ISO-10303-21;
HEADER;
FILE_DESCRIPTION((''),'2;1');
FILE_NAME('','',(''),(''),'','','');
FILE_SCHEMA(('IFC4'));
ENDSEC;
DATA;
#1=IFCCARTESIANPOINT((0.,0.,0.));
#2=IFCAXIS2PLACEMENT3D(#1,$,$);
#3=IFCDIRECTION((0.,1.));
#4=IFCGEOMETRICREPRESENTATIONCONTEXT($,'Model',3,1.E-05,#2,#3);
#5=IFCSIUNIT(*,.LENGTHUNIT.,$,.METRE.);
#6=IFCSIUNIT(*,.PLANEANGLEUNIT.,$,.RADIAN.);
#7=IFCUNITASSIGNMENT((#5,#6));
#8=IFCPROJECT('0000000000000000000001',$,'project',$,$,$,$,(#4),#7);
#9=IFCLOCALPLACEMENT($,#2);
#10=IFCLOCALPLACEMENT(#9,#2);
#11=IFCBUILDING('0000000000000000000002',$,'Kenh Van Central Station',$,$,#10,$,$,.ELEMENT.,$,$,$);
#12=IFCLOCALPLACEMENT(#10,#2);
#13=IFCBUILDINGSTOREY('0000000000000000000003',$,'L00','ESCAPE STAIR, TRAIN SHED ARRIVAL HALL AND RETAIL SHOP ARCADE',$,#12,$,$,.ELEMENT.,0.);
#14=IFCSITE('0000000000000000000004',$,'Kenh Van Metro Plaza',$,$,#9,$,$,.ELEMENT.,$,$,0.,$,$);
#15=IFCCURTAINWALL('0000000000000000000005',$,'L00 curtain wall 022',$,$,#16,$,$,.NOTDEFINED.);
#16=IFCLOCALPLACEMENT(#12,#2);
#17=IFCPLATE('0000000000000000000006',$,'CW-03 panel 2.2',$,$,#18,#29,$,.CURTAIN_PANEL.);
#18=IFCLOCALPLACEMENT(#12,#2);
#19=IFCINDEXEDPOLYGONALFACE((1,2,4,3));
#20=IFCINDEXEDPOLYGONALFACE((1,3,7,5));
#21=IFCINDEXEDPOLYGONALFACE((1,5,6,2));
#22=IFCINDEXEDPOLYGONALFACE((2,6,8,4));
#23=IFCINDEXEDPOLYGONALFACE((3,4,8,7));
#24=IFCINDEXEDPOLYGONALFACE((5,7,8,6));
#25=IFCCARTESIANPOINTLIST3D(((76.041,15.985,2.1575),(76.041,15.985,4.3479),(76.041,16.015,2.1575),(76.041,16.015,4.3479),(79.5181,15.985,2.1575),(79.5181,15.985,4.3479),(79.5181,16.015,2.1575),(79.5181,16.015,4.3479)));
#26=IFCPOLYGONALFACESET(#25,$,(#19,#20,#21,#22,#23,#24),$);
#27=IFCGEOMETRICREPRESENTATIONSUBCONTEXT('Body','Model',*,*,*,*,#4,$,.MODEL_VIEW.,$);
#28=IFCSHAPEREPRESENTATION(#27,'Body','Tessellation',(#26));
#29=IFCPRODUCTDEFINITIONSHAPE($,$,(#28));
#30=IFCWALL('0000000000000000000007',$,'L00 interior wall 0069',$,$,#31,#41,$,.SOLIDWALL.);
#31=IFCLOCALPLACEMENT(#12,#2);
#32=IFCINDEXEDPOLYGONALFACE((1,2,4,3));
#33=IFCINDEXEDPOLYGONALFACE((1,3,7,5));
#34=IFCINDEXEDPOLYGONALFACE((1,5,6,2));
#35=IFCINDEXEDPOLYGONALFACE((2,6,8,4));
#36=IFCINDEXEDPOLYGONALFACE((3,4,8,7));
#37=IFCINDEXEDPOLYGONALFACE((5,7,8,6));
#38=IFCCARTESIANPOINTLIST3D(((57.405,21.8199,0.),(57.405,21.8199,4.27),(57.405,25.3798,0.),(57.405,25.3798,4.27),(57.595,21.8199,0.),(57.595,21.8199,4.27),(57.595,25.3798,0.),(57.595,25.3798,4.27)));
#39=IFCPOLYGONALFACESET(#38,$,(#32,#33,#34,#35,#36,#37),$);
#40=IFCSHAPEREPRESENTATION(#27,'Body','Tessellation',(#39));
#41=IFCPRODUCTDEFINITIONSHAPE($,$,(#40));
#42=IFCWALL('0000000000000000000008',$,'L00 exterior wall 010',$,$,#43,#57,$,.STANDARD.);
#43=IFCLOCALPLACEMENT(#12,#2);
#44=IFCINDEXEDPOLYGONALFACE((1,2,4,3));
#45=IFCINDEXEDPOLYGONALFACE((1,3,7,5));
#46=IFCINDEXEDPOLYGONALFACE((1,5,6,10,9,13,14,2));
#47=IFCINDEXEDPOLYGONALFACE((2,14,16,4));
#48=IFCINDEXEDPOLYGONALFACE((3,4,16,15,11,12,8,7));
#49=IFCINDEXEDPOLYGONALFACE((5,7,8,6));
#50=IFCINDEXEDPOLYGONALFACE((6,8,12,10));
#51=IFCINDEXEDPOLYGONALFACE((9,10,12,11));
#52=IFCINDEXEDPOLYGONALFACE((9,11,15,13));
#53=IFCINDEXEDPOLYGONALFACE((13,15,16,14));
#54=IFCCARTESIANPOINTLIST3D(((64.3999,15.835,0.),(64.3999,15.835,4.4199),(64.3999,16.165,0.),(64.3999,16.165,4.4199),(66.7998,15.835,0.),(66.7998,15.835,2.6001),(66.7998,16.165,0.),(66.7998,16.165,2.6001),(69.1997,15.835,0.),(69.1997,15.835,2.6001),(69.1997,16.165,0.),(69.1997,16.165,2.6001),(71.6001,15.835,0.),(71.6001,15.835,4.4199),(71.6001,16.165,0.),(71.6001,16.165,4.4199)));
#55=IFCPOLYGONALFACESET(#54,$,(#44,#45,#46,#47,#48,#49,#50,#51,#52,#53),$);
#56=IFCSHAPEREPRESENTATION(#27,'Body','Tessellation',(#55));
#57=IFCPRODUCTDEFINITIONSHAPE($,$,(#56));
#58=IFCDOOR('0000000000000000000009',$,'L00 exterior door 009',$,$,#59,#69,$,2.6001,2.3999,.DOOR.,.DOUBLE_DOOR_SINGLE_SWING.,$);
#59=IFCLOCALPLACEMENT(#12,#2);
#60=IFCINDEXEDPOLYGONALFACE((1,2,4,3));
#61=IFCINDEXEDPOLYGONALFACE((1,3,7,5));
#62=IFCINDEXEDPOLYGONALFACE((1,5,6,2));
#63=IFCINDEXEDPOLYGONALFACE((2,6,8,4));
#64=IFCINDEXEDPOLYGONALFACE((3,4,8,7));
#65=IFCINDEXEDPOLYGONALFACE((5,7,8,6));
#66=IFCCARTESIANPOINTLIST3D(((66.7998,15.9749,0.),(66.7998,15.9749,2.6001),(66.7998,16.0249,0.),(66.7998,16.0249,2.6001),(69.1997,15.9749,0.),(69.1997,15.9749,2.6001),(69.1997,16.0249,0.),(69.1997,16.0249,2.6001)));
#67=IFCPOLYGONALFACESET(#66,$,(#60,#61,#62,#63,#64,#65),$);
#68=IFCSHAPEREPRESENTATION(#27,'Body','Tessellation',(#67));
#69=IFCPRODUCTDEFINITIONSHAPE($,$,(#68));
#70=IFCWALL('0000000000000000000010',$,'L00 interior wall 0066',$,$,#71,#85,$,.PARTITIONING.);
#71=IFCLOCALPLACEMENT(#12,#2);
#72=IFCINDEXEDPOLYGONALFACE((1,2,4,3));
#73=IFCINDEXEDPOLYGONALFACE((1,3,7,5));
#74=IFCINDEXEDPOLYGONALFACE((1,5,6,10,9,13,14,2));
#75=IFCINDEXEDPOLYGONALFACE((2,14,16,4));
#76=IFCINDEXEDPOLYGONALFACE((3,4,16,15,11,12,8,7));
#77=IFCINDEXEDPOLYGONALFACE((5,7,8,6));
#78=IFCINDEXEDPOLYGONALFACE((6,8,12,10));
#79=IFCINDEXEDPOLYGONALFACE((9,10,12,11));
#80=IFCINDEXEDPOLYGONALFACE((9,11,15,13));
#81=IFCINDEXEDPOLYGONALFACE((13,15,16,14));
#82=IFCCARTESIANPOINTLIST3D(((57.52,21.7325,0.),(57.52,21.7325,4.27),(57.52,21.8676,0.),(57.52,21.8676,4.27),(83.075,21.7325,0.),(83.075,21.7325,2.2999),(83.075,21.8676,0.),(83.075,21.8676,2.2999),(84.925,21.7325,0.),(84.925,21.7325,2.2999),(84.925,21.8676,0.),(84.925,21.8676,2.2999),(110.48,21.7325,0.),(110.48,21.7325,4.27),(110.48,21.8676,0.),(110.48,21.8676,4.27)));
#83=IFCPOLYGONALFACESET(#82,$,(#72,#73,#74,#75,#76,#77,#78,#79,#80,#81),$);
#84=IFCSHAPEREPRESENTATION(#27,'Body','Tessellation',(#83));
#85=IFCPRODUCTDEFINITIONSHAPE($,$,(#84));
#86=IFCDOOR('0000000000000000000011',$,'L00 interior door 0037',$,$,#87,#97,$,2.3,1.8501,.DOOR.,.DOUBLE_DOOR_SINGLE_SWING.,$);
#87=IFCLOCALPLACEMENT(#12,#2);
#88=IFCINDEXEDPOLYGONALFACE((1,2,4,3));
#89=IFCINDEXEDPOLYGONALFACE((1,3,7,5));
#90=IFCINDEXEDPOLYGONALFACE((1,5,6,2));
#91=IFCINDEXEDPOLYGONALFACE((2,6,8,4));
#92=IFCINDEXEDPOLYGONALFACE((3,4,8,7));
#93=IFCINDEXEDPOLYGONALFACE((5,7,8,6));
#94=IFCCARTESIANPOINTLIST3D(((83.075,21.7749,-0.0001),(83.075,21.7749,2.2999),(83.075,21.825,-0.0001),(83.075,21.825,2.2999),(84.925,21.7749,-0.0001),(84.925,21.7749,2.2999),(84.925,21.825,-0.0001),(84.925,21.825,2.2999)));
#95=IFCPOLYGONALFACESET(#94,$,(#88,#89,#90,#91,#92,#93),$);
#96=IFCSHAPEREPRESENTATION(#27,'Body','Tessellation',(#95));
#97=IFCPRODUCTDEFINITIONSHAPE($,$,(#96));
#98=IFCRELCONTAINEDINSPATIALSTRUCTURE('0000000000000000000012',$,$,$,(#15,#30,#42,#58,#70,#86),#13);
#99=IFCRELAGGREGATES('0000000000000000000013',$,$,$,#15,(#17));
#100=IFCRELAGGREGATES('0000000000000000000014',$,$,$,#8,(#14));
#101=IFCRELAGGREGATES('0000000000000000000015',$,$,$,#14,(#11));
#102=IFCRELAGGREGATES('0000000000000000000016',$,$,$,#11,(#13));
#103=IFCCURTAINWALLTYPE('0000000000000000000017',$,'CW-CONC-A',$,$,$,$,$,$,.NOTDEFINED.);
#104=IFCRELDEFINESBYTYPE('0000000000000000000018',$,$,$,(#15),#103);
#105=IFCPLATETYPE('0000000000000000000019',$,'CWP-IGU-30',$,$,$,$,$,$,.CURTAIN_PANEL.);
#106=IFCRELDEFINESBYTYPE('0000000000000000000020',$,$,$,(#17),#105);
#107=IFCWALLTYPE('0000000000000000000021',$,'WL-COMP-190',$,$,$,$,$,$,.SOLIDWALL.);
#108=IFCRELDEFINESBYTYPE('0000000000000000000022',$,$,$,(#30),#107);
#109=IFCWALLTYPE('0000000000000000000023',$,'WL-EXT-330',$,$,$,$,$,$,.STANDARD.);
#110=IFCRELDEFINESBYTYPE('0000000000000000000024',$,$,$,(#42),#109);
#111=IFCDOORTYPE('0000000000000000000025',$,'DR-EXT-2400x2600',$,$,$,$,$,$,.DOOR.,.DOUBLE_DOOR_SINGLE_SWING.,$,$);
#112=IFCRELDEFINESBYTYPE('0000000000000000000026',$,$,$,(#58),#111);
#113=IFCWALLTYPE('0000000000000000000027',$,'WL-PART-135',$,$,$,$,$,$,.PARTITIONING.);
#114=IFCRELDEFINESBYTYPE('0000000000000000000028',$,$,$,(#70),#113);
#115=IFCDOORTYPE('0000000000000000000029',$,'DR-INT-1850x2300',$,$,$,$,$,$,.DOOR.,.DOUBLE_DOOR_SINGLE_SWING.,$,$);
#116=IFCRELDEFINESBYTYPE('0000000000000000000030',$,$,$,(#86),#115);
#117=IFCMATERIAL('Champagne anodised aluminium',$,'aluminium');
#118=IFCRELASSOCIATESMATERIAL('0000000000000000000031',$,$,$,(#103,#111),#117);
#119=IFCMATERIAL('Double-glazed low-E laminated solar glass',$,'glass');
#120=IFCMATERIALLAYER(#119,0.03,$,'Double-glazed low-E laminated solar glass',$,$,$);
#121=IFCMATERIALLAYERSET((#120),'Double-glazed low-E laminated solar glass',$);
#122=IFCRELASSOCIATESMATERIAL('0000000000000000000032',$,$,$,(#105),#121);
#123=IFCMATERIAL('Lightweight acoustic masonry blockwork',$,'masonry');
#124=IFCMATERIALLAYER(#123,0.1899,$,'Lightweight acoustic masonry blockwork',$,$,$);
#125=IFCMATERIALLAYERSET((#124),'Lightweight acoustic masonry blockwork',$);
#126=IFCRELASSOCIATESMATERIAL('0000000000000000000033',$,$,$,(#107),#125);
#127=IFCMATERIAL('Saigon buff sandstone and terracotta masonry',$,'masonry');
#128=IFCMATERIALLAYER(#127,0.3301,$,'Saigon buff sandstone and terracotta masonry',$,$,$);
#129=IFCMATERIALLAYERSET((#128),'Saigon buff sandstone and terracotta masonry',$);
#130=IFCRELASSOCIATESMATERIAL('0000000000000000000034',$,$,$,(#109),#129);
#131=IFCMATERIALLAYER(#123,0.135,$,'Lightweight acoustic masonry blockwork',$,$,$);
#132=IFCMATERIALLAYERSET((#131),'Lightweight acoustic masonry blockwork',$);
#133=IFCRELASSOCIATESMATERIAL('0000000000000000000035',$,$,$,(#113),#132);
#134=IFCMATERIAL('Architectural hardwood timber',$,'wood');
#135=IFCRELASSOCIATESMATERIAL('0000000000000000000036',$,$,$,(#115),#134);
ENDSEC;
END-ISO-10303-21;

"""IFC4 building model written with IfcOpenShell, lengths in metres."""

from ifc_helpers import new_model, si_unit, direction, frame, frame_2d, origin, origin_2d, place, context, subcontext, project, spatial, rectangle, extrude, material, layer, layer_set, type_object, element, fill, aggregate, save


model = new_model("IFC4")

# Units and contexts
model_context = context("Model", 3, precision=1e-05, world=origin(), true_north=direction((0.0, 1.0)))
body_context = subcontext(model_context, "Body", "Model", "MODEL_VIEW")
ifc_project = project(units=[si_unit("LENGTHUNIT", "METRE"), si_unit("PLANEANGLEUNIT", "RADIAN")], contexts=[model_context])

# Site, building, storey
site_placement = place(None, origin())
site = spatial("IfcSite", under=ifc_project, at=site_placement, Name="Kenh Van Metro Plaza", CompositionType="ELEMENT", RefElevation=0.0)
building_placement = place(site_placement, origin())
building = spatial("IfcBuilding", under=site, at=building_placement, Name="Kenh Van Central Station", CompositionType="ELEMENT")
storey_placement = place(building_placement, origin())
storey = spatial("IfcBuildingStorey", under=building, at=storey_placement, Name="L00", Description="ESCAPE STAIR, TRAIN SHED ARRIVAL HALL AND RETAIL SHOP ARCADE", CompositionType="ELEMENT", Elevation=0.0)

# Curtain wall
ifc_material_1 = material(Name="Champagne anodised aluminium", Category="aluminium")
curtain_wall_type = type_object("IfcCurtainWallType", Name="CW-CONC-A", PredefinedType="NOTDEFINED", material=ifc_material_1)
curtain_wall_placement = place(storey_placement, origin())
curtain_wall = element("IfcCurtainWall", 1, at=curtain_wall_placement, inside=storey, type_object=curtain_wall_type, Name="L00 curtain wall 022", PredefinedType="NOTDEFINED")

# Plate
ifc_material_2 = material(Name="Double-glazed low-E laminated solar glass", Category="glass")
ifc_layer_1 = layer(ifc_material_2, 0.03, Name="Double-glazed low-E laminated solar glass")
ifc_layer_set_1 = layer_set([ifc_layer_1], Name="Double-glazed low-E laminated solar glass")
plate_type = type_object("IfcPlateType", Name="CWP-IGU-30", PredefinedType="CURTAIN_PANEL", material=ifc_layer_set_1)
plate_1_placement = place(storey_placement, frame((77.7795, 16.0, 2.1575), z_axis=(0.0, 0.0, 1.0), x_axis=(1.0, 0.0, 0.0)))
plate_1 = element("IfcPlate", 2, at=plate_1_placement, type_object=plate_type, Name="CW-03 panel 2.2", PredefinedType="CURTAIN_PANEL", context=body_context, shape_type="SweptSolid", body=[
    extrude(rectangle(XDim=3.4771, YDim=0.03, at=origin_2d()), origin(), (0.0, 0.0, 1.0), 2.1904),
])
aggregate(curtain_wall, [plate_1])

# Wall
ifc_material_3 = material(Name="Lightweight acoustic masonry blockwork", Category="masonry")
ifc_layer_2 = layer(ifc_material_3, 0.1899, Name="Lightweight acoustic masonry blockwork")
ifc_layer_set_2 = layer_set([ifc_layer_2], Name="Lightweight acoustic masonry blockwork")
wall_type_1 = type_object("IfcWallType", Name="WL-COMP-190", PredefinedType="SOLIDWALL", material=ifc_layer_set_2)
wall_1_placement = place(storey_placement, frame((57.5, 21.8201, 0.0), z_axis=(0.0, 0.0, 1.0), x_axis=(0.0, 1.0, 0.0)))
element("IfcWall", 3, at=wall_1_placement, inside=storey, type_object=wall_type_1, Name="L00 interior wall 0069", PredefinedType="SOLIDWALL", context=body_context, shape_type="SweptSolid", body=[
    extrude(rectangle(XDim=3.5598, YDim=0.1899, at=frame_2d((1.7798, 0.0))), origin(), (0.0, 0.0, 1.0), 4.27),
])

# Walls, openings, doors
ifc_material_4 = material(Name="Saigon buff sandstone and terracotta masonry", Category="masonry")
ifc_layer_3 = layer(ifc_material_4, 0.3301, Name="Saigon buff sandstone and terracotta masonry")
ifc_layer_set_3 = layer_set([ifc_layer_3], Name="Saigon buff sandstone and terracotta masonry")
wall_type_2 = type_object("IfcWallType", Name="WL-EXT-330", PredefinedType="STANDARD", material=ifc_layer_set_3)
wall_2_placement = place(storey_placement, frame((64.3999, 16.0, 0.0), z_axis=(0.0, 0.0, 1.0), x_axis=(1.0, 0.0, 0.0)))
wall_2 = element("IfcWall", 4, at=wall_2_placement, inside=storey, type_object=wall_type_2, Name="L00 exterior wall 010", PredefinedType="STANDARD", context=body_context, shape_type="SweptSolid", body=[
    extrude(rectangle(XDim=7.2002, YDim=0.3301, at=frame_2d((3.6001, 0.0))), origin(), (0.0, 0.0, 1.0), 4.4199),
])
opening_1_placement = place(wall_2_placement, frame((2.3999, 0.0, 0.0)))
opening_1 = element("IfcOpeningElement", 5, at=opening_1_placement, cuts=wall_2, PredefinedType="OPENING", context=body_context, shape_type="SweptSolid", body=[
    extrude(rectangle(XDim=2.3999, YDim=2.6001, at=frame_2d((1.2, 1.3))), frame((0.0, 0.175, 0.0), z_axis=(0.0, -1.0, 0.0), x_axis=(1.0, 0.0, 0.0)), (0.0, 0.0, 1.0), 0.3501),
])
door_type_1 = type_object("IfcDoorType", Name="DR-EXT-2400x2600", OperationType="DOUBLE_DOOR_SINGLE_SWING", PredefinedType="DOOR", material=ifc_material_1)
door_1_placement = place(opening_1_placement, frame((2.3999, 0.0, 0.0), z_axis=(0.0, 0.0, 1.0), x_axis=(-1.0, 0.0, 0.0)))
door_1 = element("IfcDoor", 6, at=door_1_placement, inside=storey, type_object=door_type_1, Name="L00 exterior door 009", OperationType="DOUBLE_DOOR_SINGLE_SWING", OverallHeight=2.6001, OverallWidth=2.3999, PredefinedType="DOOR", context=body_context, shape_type="SweptSolid", body=[
    extrude(rectangle(XDim=2.3999, YDim=2.6001, at=frame_2d((-1.2, 1.3))), frame((0.0, -0.0249, 0.0), z_axis=(0.0, 1.0, 0.0), x_axis=(-1.0, 0.0, 0.0)), (0.0, 0.0, 1.0), 0.05),
])
fill(opening_1, door_1)
ifc_layer_4 = layer(ifc_material_3, 0.135, Name="Lightweight acoustic masonry blockwork")
ifc_layer_set_4 = layer_set([ifc_layer_4], Name="Lightweight acoustic masonry blockwork")
wall_type_3 = type_object("IfcWallType", Name="WL-PART-135", PredefinedType="PARTITIONING", material=ifc_layer_set_4)
wall_3_placement = place(storey_placement, frame((57.52, 21.8, 0.0), z_axis=(0.0, 0.0, 1.0), x_axis=(1.0, 0.0, 0.0)))
wall_3 = element("IfcWall", 7, at=wall_3_placement, inside=storey, type_object=wall_type_3, Name="L00 interior wall 0066", PredefinedType="PARTITIONING", context=body_context, shape_type="SweptSolid", body=[
    extrude(rectangle(XDim=52.96, YDim=0.135, at=frame_2d((26.48, 0.0))), origin(), (0.0, 0.0, 1.0), 4.27),
])
opening_2_placement = place(wall_3_placement, frame((25.5549, 0.0, 0.0)))
opening_2 = element("IfcOpeningElement", 8, at=opening_2_placement, cuts=wall_3, PredefinedType="OPENING", context=body_context, shape_type="SweptSolid", body=[
    extrude(rectangle(XDim=1.8501, YDim=2.3, at=frame_2d((0.925, 1.1499))), frame((0.0, 0.0774, 0.0), z_axis=(0.0, -1.0, 0.0), x_axis=(1.0, 0.0, 0.0)), (0.0, 0.0, 1.0), 0.155),
])
ifc_material_5 = material(Name="Architectural hardwood timber", Category="wood")
door_type_2 = type_object("IfcDoorType", Name="DR-INT-1850x2300", OperationType="DOUBLE_DOOR_SINGLE_SWING", PredefinedType="DOOR", material=ifc_material_5)
door_2_placement = place(opening_2_placement, origin())
door_2 = element("IfcDoor", 9, at=door_2_placement, inside=storey, type_object=door_type_2, Name="L00 interior door 0037", OperationType="DOUBLE_DOOR_SINGLE_SWING", OverallHeight=2.3, OverallWidth=1.8501, PredefinedType="DOOR", context=body_context, shape_type="SweptSolid", body=[
    extrude(rectangle(XDim=1.8501, YDim=2.3, at=frame_2d((0.925, 1.1499))), frame((0.0, 0.0249, 0.0), z_axis=(0.0, -1.0, 0.0), x_axis=(1.0, 0.0, 0.0)), (0.0, 0.0, 1.0), 0.05),
])
fill(opening_2, door_2)

save(model, "model.ifc")
